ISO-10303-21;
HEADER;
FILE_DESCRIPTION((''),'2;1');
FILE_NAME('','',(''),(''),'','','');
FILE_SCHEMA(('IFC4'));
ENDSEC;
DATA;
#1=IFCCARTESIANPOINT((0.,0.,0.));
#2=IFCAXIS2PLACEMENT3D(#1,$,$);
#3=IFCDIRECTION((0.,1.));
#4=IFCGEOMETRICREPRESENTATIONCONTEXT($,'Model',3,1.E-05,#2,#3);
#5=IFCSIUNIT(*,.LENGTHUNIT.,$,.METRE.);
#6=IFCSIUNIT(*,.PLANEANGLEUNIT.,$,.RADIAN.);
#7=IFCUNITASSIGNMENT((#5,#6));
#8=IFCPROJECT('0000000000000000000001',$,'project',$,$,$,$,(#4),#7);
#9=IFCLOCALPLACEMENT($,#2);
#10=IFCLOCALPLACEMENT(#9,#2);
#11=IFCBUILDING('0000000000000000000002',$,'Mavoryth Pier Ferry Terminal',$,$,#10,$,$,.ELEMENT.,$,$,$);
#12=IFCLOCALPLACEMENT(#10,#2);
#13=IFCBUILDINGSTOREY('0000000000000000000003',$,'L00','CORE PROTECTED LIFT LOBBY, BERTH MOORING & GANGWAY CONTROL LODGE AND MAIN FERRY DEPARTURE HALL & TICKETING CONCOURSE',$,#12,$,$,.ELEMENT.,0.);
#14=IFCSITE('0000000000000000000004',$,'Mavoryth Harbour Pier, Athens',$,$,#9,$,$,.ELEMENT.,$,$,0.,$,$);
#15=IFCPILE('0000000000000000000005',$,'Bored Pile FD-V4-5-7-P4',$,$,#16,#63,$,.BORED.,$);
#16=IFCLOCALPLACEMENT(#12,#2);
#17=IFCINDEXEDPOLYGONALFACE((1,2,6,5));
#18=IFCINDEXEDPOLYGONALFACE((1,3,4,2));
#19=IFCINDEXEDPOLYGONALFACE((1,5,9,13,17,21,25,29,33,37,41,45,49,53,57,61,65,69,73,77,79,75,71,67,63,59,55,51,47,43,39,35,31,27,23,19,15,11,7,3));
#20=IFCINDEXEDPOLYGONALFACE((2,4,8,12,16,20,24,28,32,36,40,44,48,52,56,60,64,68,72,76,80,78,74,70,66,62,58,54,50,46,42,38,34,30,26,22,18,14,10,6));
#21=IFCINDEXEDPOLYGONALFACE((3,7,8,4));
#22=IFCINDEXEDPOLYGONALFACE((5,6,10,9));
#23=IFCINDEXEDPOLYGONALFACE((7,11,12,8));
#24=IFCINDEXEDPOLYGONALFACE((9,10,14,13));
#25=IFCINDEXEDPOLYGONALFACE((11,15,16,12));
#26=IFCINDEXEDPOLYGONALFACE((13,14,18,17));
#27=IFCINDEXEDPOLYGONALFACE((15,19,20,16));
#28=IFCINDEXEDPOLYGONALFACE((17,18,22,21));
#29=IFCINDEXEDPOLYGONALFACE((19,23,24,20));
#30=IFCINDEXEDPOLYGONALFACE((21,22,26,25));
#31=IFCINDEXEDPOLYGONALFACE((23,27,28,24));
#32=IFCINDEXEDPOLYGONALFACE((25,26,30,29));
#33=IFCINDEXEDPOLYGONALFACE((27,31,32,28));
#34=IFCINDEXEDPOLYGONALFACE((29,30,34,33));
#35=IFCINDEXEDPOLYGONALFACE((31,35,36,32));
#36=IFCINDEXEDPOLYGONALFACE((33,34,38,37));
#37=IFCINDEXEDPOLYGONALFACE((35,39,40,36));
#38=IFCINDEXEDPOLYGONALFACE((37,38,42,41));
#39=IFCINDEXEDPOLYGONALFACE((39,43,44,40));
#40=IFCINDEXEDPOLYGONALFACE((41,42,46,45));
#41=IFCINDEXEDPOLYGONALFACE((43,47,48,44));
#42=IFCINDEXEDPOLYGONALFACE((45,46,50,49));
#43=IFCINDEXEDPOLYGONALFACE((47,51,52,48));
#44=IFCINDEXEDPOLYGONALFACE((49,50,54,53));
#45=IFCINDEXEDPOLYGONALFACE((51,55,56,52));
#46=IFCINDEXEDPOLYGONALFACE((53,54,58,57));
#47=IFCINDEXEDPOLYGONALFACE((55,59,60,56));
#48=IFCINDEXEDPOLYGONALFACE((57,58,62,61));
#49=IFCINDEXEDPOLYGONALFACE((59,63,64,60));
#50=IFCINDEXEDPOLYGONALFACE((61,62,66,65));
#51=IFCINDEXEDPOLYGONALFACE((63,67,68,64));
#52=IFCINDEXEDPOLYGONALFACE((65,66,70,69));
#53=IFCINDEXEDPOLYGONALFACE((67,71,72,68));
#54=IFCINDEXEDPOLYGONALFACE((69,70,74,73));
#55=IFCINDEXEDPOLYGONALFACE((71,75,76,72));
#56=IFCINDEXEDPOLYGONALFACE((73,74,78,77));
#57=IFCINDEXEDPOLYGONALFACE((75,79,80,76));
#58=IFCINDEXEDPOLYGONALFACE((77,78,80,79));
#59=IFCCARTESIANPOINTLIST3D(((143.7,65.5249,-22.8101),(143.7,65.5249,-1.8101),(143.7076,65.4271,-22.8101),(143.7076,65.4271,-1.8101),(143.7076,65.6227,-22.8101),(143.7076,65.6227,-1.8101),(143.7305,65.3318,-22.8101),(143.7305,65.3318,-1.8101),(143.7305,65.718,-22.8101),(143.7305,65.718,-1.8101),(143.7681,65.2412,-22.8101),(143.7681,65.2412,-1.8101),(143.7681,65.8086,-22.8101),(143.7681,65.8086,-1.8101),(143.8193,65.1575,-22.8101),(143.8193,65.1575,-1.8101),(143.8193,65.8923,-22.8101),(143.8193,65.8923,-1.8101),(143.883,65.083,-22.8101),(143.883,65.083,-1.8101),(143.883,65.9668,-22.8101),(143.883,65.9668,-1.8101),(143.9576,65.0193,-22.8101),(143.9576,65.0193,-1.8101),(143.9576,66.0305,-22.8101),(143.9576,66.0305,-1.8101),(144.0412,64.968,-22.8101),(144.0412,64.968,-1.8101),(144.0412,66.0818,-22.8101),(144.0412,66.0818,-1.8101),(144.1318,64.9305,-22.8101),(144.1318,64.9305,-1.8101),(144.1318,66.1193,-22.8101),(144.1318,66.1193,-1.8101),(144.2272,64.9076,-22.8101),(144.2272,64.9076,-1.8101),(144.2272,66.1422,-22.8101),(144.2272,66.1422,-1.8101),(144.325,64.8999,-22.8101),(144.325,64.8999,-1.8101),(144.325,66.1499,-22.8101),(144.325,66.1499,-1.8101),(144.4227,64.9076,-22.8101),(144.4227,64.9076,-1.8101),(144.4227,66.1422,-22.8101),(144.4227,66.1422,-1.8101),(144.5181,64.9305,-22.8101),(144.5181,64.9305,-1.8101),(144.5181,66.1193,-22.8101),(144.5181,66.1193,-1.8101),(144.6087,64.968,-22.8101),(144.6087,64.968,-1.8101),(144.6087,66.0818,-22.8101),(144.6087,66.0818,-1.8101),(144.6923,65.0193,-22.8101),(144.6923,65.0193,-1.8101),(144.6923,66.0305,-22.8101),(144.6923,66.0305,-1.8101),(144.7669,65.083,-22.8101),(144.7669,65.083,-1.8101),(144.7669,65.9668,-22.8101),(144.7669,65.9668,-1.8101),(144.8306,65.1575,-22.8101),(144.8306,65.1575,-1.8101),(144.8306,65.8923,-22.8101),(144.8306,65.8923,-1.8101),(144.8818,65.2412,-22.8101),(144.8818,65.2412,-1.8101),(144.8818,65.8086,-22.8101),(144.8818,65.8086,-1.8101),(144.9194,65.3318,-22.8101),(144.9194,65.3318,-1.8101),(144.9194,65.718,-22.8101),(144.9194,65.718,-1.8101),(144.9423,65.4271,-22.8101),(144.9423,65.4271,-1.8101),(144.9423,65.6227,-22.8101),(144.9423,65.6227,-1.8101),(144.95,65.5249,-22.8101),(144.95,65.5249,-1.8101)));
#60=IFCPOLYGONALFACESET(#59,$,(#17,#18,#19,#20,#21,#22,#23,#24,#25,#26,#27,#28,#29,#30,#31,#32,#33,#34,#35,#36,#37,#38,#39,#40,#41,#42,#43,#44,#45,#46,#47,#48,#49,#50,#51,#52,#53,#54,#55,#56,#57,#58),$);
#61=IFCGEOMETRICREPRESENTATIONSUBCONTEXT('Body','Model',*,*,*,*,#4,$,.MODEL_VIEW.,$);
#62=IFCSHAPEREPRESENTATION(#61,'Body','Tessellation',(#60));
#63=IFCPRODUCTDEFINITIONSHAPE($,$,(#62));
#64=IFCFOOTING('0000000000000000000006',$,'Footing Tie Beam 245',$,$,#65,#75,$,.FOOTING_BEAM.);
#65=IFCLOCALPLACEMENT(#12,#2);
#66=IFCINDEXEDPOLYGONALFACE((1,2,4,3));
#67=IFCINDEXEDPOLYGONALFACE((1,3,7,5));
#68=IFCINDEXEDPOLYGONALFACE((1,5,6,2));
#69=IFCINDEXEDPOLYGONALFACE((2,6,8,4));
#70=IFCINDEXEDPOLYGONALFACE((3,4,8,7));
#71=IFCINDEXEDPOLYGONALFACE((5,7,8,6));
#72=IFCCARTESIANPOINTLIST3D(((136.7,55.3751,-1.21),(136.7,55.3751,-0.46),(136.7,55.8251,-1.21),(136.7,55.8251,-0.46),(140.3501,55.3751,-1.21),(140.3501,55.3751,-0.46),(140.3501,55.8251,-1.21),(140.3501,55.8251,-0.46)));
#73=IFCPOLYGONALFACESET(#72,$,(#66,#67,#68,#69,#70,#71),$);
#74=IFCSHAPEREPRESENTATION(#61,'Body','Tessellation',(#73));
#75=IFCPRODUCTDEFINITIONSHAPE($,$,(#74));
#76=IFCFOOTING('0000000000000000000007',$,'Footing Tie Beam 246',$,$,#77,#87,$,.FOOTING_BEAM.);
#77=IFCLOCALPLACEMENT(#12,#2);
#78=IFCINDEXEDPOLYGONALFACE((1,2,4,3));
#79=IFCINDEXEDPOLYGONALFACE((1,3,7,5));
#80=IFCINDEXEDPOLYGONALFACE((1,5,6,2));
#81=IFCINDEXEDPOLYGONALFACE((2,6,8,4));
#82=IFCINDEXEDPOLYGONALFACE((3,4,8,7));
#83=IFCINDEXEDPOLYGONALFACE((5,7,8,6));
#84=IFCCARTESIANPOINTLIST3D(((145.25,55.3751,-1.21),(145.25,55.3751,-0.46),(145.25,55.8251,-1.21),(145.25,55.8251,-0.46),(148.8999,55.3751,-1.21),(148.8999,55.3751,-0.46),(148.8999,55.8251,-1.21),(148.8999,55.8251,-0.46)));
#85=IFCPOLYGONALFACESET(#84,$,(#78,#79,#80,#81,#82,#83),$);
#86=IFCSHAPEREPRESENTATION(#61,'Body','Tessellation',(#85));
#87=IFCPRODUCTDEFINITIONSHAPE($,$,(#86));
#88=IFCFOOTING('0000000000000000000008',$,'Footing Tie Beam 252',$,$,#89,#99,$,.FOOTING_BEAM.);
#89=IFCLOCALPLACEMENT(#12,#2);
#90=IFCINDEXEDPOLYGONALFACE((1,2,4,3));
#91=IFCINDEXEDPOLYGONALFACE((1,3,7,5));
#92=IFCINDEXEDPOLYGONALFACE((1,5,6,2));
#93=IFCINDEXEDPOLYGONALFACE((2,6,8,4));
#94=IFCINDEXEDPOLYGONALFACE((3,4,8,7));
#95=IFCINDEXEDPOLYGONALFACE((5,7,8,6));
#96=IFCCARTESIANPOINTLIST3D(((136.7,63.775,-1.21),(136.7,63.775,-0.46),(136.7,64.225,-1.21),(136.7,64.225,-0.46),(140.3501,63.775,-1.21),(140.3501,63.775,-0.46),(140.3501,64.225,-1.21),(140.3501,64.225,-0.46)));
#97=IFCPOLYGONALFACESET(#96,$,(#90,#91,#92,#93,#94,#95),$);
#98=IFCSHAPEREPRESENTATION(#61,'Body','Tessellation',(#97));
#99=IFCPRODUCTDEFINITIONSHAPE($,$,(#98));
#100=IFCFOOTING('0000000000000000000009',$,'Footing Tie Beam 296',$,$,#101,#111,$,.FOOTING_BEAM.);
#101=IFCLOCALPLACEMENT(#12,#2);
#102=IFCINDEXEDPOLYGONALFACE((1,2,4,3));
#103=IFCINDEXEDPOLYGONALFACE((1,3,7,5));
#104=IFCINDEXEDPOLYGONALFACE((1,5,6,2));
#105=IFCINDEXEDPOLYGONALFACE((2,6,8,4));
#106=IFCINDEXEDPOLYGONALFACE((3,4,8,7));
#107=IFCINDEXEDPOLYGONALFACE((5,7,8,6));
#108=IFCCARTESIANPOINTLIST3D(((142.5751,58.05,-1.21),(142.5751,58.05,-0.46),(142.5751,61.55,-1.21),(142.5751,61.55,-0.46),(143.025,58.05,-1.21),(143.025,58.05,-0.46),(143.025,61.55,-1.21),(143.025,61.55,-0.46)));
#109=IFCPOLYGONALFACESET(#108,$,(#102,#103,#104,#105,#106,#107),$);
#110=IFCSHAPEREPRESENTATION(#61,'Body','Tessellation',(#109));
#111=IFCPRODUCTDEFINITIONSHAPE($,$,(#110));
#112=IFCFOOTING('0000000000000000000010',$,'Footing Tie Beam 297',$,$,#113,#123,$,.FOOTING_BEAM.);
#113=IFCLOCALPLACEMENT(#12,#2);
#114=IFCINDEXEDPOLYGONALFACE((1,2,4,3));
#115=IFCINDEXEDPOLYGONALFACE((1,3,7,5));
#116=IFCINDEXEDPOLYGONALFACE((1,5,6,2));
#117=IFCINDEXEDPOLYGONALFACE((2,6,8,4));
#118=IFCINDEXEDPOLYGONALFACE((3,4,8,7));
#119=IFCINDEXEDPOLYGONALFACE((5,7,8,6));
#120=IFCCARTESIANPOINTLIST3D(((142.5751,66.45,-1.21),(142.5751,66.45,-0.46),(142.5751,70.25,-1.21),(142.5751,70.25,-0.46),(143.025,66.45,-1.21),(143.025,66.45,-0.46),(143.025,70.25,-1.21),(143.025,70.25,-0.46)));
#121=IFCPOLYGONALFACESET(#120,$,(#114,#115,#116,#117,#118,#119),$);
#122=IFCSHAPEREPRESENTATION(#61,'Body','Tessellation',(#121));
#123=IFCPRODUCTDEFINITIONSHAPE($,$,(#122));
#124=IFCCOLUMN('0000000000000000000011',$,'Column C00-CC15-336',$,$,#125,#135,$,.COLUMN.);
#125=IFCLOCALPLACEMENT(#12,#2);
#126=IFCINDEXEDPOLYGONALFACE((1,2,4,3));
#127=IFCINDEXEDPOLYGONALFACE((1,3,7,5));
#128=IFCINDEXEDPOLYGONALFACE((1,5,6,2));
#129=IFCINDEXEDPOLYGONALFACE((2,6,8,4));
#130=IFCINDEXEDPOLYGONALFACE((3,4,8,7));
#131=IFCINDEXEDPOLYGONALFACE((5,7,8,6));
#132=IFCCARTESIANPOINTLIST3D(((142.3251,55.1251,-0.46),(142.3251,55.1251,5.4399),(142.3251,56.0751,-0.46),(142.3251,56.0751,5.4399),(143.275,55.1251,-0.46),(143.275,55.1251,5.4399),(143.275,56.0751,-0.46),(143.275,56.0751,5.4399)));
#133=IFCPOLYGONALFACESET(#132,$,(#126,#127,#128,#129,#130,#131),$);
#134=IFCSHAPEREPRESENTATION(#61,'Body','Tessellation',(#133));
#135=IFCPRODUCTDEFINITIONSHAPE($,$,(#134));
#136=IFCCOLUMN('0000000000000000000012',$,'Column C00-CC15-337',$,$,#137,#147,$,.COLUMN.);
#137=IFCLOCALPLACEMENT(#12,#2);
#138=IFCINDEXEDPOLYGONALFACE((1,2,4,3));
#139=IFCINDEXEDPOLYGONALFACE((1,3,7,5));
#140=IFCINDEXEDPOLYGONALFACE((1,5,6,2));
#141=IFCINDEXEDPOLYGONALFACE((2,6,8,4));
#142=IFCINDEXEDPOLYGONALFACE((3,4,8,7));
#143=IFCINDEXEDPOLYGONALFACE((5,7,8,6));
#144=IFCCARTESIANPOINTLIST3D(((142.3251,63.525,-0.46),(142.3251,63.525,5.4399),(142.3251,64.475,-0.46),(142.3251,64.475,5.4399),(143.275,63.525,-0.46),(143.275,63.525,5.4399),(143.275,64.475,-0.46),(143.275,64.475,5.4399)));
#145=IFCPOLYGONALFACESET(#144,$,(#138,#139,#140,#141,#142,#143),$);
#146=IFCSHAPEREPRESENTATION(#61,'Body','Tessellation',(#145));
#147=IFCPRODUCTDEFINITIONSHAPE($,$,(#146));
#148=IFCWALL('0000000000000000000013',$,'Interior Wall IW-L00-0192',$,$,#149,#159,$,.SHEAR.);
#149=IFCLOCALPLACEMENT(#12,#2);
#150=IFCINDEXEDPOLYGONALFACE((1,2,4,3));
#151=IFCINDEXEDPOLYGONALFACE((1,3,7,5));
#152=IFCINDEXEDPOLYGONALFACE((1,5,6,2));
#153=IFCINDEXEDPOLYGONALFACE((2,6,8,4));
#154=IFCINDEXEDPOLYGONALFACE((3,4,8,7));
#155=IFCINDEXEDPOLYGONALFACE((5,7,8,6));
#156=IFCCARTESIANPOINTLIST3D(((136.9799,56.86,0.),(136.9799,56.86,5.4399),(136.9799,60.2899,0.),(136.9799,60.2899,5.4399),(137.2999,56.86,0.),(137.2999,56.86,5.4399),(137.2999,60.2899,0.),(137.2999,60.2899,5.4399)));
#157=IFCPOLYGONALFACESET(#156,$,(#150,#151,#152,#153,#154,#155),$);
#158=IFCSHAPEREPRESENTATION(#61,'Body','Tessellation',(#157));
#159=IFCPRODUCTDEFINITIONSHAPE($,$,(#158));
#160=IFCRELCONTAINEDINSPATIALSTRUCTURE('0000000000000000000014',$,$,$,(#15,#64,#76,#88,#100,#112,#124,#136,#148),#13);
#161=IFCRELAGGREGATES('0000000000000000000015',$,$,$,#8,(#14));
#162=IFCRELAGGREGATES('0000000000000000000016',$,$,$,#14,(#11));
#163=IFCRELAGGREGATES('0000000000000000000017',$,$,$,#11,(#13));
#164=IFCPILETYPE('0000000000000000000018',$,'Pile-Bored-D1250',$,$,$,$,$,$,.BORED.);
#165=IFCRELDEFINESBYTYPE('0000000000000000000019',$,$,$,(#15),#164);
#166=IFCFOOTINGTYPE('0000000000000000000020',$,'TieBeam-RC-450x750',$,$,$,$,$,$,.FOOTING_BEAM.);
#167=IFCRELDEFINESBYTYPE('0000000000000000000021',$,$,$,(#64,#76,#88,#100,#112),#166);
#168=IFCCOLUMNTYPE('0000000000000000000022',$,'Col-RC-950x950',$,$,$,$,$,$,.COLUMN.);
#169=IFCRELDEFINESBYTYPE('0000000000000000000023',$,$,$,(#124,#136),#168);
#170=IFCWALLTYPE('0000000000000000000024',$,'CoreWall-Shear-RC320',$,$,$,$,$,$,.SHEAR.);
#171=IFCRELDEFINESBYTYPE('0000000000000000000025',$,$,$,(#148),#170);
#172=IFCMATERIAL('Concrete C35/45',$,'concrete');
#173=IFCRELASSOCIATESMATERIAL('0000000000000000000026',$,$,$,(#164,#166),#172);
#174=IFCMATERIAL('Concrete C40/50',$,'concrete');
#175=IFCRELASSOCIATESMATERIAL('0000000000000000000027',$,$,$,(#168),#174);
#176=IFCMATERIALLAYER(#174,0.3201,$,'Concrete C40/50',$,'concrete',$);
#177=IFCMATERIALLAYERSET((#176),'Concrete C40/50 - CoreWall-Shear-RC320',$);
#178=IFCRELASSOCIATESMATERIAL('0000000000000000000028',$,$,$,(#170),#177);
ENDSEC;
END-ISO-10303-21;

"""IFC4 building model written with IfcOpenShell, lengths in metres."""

from ifc_helpers import new_model, si_unit, direction, frame, frame_2d, origin, origin_2d, place, context, subcontext, project, spatial, rectangle, circle, extrude, material, layer, layer_set, material_profile, profile_set, type_object, element, save


model = new_model("IFC4")

# Units and contexts
model_context = context("Model", 3, precision=1e-05, world=origin(), true_north=direction((0.0, 1.0)))
body_context = subcontext(model_context, "Body", "Model", "MODEL_VIEW")
ifc_project = project(units=[si_unit("LENGTHUNIT", "METRE"), si_unit("PLANEANGLEUNIT", "RADIAN")], contexts=[model_context])

# Site, building, storey
site_placement = place(None, origin())
site = spatial("IfcSite", under=ifc_project, at=site_placement, Name="Mavoryth Harbour Pier, Athens", CompositionType="ELEMENT", RefElevation=0.0)
building_placement = place(site_placement, origin())
building = spatial("IfcBuilding", under=site, at=building_placement, Name="Mavoryth Pier Ferry Terminal", CompositionType="ELEMENT")
storey_placement = place(building_placement, origin())
storey = spatial("IfcBuildingStorey", under=building, at=storey_placement, Name="L00", Description="CORE PROTECTED LIFT LOBBY, BERTH MOORING & GANGWAY CONTROL LODGE AND MAIN FERRY DEPARTURE HALL & TICKETING CONCOURSE", CompositionType="ELEMENT", Elevation=0.0)

# Shared definitions
ifc_material_1 = material(Name="Concrete C35/45", Category="concrete")

# Pile
ifc_material_profile_1 = material_profile(ifc_material_1, circle(Radius=0.625, at=origin_2d()), Name="PILE D1250", Category="concrete")
ifc_profile_set_1 = profile_set([ifc_material_profile_1], Name="Concrete C35/45 - PILE D1250")
pile_type_1 = type_object("IfcPileType", Name="Pile-Bored-D1250", PredefinedType="BORED", material=ifc_profile_set_1)
for number, where, z_axis, x_axis, name in (
    (1, (144.325, 65.5249, -1.8101), (0.0, 0.0, -1.0), (1.0, 0.0, 0.0), "Bored Pile FD-V4-5-7-P4"),
):
    element("IfcPile", number, at=place(storey_placement, frame(where, z_axis=z_axis, x_axis=x_axis)), inside=storey, type_object=pile_type_1, Name=name, PredefinedType="BORED", context=body_context, shape_type="SweptSolid", body=[
        extrude(circle(Radius=0.625, at=origin_2d()), origin(), (0.0, 0.0, 1.0), 21.0),
    ])

# Footings
ifc_material_profile_2 = material_profile(ifc_material_1, rectangle(XDim=0.45, YDim=0.75, at=origin_2d()), Name="RC 450x750", Category="concrete")
ifc_profile_set_2 = profile_set([ifc_material_profile_2], Name="Concrete C35/45 - RC 450x750")
footing_type_1 = type_object("IfcFootingType", Name="TieBeam-RC-450x750", PredefinedType="FOOTING_BEAM", material=ifc_profile_set_2)
footing_1_placement = place(storey_placement, frame((136.7, 55.6001, -0.835), z_axis=(1.0, 0.0, 0.0), x_axis=(0.0, 1.0, 0.0)))
element("IfcFooting", 2, at=footing_1_placement, inside=storey, type_object=footing_type_1, Name="Footing Tie Beam 245", PredefinedType="FOOTING_BEAM", context=body_context, shape_type="SweptSolid", body=[
    extrude(rectangle(XDim=0.45, YDim=0.75, at=origin_2d()), origin(), (0.0, 0.0, 1.0), 3.6501),
])
footing_2_placement = place(storey_placement, frame((145.25, 55.6001, -0.835), z_axis=(1.0, 0.0, 0.0), x_axis=(0.0, 1.0, 0.0)))
element("IfcFooting", 3, at=footing_2_placement, inside=storey, type_object=footing_type_1, Name="Footing Tie Beam 246", PredefinedType="FOOTING_BEAM", context=body_context, shape_type="SweptSolid", body=[
    extrude(rectangle(XDim=0.45, YDim=0.75, at=origin_2d()), origin(), (0.0, 0.0, 1.0), 3.6499),
])
footing_3_placement = place(storey_placement, frame((136.7, 64.0, -0.835), z_axis=(1.0, 0.0, 0.0), x_axis=(0.0, 1.0, 0.0)))
element("IfcFooting", 4, at=footing_3_placement, inside=storey, type_object=footing_type_1, Name="Footing Tie Beam 252", PredefinedType="FOOTING_BEAM", context=body_context, shape_type="SweptSolid", body=[
    extrude(rectangle(XDim=0.45, YDim=0.75, at=origin_2d()), origin(), (0.0, 0.0, 1.0), 3.6501),
])
footing_4_placement = place(storey_placement, frame((142.8, 58.05, -0.835), z_axis=(0.0, 1.0, 0.0), x_axis=(-1.0, 0.0, 0.0)))
element("IfcFooting", 5, at=footing_4_placement, inside=storey, type_object=footing_type_1, Name="Footing Tie Beam 296", PredefinedType="FOOTING_BEAM", context=body_context, shape_type="SweptSolid", body=[
    extrude(rectangle(XDim=0.45, YDim=0.75, at=origin_2d()), origin(), (0.0, 0.0, 1.0), 3.5),
])
footing_5_placement = place(storey_placement, frame((142.8, 66.45, -0.835), z_axis=(0.0, 1.0, 0.0), x_axis=(-1.0, 0.0, 0.0)))
element("IfcFooting", 6, at=footing_5_placement, inside=storey, type_object=footing_type_1, Name="Footing Tie Beam 297", PredefinedType="FOOTING_BEAM", context=body_context, shape_type="SweptSolid", body=[
    extrude(rectangle(XDim=0.45, YDim=0.75, at=origin_2d()), origin(), (0.0, 0.0, 1.0), 3.8),
])

# Columns
ifc_material_2 = material(Name="Concrete C40/50", Category="concrete")
ifc_material_profile_3 = material_profile(ifc_material_2, rectangle(XDim=0.95, YDim=0.95, at=origin_2d()), Name="RC 950x950", Category="concrete")
ifc_profile_set_3 = profile_set([ifc_material_profile_3], Name="Concrete C40/50 - RC 950x950")
column_type = type_object("IfcColumnType", Name="Col-RC-950x950", PredefinedType="COLUMN", material=ifc_profile_set_3)
for number, where, z_axis, x_axis, name in (
    (7, (142.8, 55.6001, -0.46), (0.0, 0.0, 1.0), (1.0, 0.0, 0.0), "Column C00-CC15-336"),
    (8, (142.8, 64.0, -0.46), (0.0, 0.0, 1.0), (1.0, 0.0, 0.0), "Column C00-CC15-337"),
):
    element("IfcColumn", number, at=place(storey_placement, frame(where, z_axis=z_axis, x_axis=x_axis)), inside=storey, type_object=column_type, Name=name, PredefinedType="COLUMN", context=body_context, shape_type="SweptSolid", body=[
        extrude(rectangle(XDim=0.95, YDim=0.95, at=origin_2d()), origin(), (0.0, 0.0, 1.0), 5.8999),
    ])

# Wall
ifc_layer_1 = layer(ifc_material_2, 0.3201, Name="Concrete C40/50", Category="concrete")
ifc_layer_set_1 = layer_set([ifc_layer_1], Name="Concrete C40/50 - CoreWall-Shear-RC320")
wall_type = type_object("IfcWallType", Name="CoreWall-Shear-RC320", PredefinedType="SHEAR", material=ifc_layer_set_1)
wall_placement = place(storey_placement, frame((137.1399, 56.8601, 0.0), z_axis=(0.0, 0.0, 1.0), x_axis=(0.0, 1.0, 0.0)))
element("IfcWall", 9, at=wall_placement, inside=storey, type_object=wall_type, Name="Interior Wall IW-L00-0192", PredefinedType="SHEAR", context=body_context, shape_type="SweptSolid", body=[
    extrude(rectangle(XDim=3.4299, YDim=0.3201, at=frame_2d((1.7148, 0.0))), origin(), (0.0, 0.0, 1.0), 5.4399),
])

save(model, "model.ifc")
